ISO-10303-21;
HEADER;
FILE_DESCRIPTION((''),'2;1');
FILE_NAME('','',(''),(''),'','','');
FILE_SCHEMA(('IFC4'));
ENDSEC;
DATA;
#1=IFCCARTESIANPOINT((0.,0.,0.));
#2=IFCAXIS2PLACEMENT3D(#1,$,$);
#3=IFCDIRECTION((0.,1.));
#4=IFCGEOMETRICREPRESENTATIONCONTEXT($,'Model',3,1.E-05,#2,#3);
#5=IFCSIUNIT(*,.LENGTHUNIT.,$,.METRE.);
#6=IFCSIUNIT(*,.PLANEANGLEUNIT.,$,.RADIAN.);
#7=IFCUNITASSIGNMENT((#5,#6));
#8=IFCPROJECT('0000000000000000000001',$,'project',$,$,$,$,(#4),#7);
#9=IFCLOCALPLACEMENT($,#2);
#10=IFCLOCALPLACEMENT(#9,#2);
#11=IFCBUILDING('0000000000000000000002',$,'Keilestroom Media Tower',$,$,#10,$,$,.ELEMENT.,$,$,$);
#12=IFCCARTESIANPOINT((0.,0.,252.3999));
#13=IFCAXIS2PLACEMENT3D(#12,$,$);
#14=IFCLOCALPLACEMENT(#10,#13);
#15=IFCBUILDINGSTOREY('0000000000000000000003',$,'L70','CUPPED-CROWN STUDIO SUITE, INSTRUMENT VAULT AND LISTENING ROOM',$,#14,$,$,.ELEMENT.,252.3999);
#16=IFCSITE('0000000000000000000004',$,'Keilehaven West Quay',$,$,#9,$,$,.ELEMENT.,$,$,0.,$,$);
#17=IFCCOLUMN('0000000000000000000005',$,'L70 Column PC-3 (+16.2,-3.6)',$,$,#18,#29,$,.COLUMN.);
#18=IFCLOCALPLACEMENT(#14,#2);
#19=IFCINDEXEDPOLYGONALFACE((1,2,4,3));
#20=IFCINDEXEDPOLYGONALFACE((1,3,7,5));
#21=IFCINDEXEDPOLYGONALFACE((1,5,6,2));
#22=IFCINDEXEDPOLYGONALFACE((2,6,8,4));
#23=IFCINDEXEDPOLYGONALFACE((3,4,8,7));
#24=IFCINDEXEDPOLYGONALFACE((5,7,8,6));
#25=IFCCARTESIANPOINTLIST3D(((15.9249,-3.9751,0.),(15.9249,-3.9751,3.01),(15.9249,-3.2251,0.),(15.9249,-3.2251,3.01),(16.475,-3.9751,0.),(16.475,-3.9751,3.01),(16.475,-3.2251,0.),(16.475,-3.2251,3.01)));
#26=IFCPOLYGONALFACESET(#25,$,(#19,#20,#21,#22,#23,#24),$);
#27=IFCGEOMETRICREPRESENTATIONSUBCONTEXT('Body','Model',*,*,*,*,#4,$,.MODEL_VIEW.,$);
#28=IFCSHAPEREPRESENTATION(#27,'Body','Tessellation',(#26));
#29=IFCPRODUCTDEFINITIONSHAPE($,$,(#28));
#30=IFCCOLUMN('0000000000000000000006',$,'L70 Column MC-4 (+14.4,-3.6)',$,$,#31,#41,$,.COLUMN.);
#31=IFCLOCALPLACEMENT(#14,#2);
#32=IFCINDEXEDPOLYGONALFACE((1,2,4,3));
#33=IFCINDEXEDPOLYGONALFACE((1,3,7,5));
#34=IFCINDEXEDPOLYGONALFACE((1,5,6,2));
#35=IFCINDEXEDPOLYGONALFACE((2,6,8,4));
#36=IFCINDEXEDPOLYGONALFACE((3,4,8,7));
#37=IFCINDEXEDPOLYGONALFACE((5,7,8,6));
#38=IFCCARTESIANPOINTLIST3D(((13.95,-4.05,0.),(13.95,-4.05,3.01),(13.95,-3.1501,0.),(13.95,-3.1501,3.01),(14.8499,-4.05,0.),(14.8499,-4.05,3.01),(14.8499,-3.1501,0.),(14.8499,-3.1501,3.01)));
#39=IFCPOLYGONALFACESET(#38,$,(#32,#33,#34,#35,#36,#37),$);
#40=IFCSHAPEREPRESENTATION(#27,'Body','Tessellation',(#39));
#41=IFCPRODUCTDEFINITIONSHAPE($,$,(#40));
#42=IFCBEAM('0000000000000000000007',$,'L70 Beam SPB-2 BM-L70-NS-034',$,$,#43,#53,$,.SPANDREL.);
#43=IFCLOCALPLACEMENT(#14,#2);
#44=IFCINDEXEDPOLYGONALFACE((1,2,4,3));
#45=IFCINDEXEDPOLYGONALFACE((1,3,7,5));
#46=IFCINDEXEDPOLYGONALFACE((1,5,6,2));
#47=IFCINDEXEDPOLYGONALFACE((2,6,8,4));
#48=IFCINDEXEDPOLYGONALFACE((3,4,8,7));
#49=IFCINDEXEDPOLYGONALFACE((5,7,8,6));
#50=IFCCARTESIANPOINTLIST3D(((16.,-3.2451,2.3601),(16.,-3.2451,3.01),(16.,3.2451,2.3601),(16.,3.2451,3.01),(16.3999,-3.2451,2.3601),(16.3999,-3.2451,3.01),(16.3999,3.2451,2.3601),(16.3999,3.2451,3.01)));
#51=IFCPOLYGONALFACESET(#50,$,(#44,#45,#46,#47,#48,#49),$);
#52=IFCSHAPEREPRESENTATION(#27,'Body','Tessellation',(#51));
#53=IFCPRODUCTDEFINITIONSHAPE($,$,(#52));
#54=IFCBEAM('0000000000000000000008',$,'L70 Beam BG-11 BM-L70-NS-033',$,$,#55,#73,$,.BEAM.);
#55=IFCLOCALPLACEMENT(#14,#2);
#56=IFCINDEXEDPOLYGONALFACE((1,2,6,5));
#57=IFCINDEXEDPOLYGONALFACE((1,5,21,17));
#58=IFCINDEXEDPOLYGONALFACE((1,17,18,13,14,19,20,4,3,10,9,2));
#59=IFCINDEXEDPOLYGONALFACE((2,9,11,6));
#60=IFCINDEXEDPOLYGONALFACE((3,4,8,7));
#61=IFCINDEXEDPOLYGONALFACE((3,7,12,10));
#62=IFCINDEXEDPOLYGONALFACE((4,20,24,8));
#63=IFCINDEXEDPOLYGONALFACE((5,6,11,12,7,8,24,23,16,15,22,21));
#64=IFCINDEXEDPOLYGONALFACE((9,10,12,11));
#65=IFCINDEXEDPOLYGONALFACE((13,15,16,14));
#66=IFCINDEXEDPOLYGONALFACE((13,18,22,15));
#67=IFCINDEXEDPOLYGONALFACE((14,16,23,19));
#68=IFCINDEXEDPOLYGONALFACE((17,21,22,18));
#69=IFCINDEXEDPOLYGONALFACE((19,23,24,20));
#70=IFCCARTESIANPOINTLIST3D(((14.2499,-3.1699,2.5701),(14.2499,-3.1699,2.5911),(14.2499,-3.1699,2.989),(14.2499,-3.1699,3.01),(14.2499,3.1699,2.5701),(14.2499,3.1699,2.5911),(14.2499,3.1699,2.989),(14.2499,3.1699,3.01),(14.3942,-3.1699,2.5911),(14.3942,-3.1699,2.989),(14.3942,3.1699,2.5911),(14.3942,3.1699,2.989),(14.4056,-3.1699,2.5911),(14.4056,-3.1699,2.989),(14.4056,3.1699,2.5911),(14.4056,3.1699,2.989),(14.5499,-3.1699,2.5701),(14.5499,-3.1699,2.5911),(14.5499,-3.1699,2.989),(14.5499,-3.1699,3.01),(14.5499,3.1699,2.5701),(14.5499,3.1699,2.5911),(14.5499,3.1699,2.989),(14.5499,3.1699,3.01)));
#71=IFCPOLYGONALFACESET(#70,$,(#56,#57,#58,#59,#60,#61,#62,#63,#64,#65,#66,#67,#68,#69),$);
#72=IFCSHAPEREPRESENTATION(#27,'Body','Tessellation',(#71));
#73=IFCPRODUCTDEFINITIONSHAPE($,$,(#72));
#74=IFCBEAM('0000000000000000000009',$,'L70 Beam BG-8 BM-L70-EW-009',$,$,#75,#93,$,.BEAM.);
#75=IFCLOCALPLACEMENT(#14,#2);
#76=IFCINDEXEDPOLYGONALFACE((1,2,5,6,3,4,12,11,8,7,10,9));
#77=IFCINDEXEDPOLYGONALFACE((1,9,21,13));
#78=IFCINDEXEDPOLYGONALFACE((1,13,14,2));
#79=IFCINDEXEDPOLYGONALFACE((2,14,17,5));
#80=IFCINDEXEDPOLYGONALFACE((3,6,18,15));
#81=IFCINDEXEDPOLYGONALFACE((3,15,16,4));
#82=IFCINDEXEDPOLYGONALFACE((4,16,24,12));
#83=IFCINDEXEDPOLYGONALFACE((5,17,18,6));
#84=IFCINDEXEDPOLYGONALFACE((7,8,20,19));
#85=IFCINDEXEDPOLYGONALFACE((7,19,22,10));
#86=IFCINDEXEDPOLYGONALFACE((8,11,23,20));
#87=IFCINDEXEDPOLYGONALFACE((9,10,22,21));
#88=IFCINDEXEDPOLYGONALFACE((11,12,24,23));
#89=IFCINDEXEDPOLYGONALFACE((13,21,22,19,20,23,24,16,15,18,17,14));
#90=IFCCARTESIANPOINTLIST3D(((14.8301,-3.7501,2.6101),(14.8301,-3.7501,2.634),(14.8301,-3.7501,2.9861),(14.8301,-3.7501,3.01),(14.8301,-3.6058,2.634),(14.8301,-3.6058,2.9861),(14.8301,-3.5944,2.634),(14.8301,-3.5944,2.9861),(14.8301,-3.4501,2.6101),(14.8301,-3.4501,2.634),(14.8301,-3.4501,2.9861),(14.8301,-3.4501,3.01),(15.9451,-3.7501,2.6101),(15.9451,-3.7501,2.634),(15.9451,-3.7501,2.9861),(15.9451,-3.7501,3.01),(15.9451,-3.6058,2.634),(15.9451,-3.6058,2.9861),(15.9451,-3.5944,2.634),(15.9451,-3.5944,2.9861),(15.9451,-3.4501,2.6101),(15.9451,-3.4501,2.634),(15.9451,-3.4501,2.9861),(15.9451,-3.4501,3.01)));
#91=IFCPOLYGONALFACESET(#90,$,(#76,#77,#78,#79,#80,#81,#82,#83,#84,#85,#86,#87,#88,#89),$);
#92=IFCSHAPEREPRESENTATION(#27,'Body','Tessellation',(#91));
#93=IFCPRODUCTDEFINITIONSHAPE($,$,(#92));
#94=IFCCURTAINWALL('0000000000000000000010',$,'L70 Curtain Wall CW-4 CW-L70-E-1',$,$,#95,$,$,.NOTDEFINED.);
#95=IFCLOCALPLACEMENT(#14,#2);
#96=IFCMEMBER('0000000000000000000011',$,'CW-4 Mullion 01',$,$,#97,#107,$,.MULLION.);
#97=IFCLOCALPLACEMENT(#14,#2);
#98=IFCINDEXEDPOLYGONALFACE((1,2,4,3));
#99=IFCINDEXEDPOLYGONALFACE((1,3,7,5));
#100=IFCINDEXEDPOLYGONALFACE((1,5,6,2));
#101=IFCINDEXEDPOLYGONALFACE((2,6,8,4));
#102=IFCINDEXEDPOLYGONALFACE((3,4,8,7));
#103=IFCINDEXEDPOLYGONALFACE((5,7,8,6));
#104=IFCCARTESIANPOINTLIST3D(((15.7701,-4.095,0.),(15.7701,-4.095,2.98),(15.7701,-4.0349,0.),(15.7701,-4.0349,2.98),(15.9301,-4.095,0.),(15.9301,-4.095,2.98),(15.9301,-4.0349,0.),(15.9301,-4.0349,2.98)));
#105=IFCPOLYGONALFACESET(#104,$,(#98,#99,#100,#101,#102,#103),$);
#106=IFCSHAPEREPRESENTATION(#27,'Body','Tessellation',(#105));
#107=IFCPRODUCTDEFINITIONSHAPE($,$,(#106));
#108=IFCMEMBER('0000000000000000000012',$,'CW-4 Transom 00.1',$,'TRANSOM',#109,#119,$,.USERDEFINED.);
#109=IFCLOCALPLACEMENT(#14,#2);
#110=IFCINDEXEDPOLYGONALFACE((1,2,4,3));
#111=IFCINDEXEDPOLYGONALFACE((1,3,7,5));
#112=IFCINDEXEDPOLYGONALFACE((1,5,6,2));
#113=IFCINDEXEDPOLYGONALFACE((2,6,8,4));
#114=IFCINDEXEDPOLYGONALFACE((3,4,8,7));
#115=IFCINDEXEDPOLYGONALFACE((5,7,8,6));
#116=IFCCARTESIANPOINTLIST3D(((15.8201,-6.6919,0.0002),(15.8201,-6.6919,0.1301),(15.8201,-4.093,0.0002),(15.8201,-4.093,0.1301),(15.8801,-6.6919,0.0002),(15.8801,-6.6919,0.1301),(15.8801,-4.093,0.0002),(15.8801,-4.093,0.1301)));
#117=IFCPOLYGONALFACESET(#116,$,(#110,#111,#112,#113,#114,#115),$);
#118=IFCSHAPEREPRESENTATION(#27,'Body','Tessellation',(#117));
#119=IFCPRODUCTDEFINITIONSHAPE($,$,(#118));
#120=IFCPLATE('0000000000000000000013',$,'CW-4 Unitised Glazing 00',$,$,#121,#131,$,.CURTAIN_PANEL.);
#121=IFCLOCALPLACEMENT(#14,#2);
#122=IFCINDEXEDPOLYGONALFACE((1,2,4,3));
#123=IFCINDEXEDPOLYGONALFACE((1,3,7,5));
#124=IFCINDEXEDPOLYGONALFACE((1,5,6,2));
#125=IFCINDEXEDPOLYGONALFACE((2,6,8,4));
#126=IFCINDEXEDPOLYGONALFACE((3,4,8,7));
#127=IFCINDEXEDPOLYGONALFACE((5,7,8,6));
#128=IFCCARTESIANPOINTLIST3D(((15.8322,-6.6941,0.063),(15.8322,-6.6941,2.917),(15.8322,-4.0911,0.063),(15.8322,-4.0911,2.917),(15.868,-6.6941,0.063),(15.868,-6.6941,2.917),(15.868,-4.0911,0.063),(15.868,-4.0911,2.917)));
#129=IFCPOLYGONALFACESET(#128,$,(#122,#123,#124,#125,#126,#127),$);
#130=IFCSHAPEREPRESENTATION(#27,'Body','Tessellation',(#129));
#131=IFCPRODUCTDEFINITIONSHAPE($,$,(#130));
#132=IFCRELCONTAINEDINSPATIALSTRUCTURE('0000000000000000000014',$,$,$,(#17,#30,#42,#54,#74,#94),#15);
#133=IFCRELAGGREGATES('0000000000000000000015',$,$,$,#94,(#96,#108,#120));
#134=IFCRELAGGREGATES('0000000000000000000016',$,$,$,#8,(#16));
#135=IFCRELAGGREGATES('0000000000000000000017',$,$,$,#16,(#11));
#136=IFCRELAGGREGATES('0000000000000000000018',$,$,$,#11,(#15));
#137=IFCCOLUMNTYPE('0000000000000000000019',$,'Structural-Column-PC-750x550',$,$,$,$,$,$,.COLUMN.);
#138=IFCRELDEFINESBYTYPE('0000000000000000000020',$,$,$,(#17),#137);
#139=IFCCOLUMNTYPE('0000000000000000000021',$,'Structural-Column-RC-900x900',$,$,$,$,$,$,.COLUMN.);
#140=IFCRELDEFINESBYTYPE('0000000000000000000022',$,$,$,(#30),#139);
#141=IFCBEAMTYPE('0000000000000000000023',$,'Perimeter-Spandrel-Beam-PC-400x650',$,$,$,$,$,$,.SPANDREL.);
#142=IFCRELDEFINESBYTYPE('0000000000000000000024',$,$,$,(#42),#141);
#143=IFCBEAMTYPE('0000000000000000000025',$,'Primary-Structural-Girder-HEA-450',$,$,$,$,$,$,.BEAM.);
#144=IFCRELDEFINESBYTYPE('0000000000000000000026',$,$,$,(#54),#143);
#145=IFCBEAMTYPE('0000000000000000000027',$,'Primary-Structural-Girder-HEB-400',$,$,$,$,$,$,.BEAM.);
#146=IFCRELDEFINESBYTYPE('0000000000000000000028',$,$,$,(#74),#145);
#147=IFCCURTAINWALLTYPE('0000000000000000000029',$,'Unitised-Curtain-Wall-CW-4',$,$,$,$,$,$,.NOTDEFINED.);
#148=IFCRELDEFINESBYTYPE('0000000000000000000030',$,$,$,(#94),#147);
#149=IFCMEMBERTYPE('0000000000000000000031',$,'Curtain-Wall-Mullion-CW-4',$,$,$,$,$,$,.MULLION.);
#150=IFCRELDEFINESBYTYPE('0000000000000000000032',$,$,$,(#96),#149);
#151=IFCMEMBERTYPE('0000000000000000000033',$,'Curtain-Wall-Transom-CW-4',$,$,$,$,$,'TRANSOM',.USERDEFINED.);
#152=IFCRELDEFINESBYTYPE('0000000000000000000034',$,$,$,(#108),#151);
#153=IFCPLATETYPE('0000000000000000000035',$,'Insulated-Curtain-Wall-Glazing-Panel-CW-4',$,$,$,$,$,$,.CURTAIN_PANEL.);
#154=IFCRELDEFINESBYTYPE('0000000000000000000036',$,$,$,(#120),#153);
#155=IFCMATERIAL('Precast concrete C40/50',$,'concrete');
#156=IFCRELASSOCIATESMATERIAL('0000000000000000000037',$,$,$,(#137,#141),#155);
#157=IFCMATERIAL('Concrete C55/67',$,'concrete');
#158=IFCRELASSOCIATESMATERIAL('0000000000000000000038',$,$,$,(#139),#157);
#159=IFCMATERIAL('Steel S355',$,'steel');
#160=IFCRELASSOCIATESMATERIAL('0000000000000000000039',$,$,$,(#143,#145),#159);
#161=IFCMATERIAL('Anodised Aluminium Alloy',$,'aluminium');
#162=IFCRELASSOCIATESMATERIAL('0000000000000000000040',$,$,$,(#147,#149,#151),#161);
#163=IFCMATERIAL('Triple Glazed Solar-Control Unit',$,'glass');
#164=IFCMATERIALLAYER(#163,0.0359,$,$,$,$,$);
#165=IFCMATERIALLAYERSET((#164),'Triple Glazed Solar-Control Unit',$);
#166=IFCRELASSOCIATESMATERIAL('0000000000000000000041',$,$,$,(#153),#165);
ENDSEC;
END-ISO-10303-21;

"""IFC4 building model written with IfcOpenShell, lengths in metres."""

from ifc_helpers import new_model, si_unit, direction, frame, origin, origin_2d, place, context, subcontext, project, spatial, rectangle, i_section, extrude, source, transform, mapped, material, layer, layer_set, material_profile, profile_set, type_object, element, aggregate, save


model = new_model("IFC4")

# Units and contexts
model_context = context("Model", 3, precision=1e-05, world=origin(), true_north=direction((0.0, 1.0)))
body_context = subcontext(model_context, "Body", "Model", "MODEL_VIEW")
ifc_project = project(units=[si_unit("LENGTHUNIT", "METRE"), si_unit("PLANEANGLEUNIT", "RADIAN")], contexts=[model_context])

# Site, building, storey
site_placement = place(None, origin())
site = spatial("IfcSite", under=ifc_project, at=site_placement, Name="Keilehaven West Quay", CompositionType="ELEMENT", RefElevation=0.0)
building_placement = place(site_placement, origin())
building = spatial("IfcBuilding", under=site, at=building_placement, Name="Keilestroom Media Tower", CompositionType="ELEMENT")
storey_placement = place(building_placement, frame((0.0, 0.0, 252.3999)))
storey = spatial("IfcBuildingStorey", under=building, at=storey_placement, Name="L70", Description="CUPPED-CROWN STUDIO SUITE, INSTRUMENT VAULT AND LISTENING ROOM", CompositionType="ELEMENT", Elevation=252.3999)

# Columns
ifc_material_1 = material(Name="Precast concrete C40/50", Category="concrete")
ifc_material_profile_1 = material_profile(ifc_material_1, rectangle(XDim=0.55, YDim=0.75, at=origin_2d()), Name="PC 750x550")
ifc_profile_set_1 = profile_set([ifc_material_profile_1], Name="Precast concrete C40/50")
column_type_1 = type_object("IfcColumnType", Name="Structural-Column-PC-750x550", PredefinedType="COLUMN", material=ifc_profile_set_1)
shared_shape_1 = source(origin(), body_context, "Body", "SweptSolid", [
    extrude(rectangle(XDim=0.55, YDim=0.75, at=origin_2d()), origin(), (0.0, 0.0, 1.0), 3.01),
])
column_1_placement = place(storey_placement, frame((16.2, -3.6001, 0.0), z_axis=(0.0, 0.0, 1.0), x_axis=(1.0, 0.0, 0.0)))
element("IfcColumn", 1, at=column_1_placement, inside=storey, type_object=column_type_1, Name="L70 Column PC-3 (+16.2,-3.6)", PredefinedType="COLUMN", context=body_context, shape_type="MappedRepresentation", body=[
    mapped(shared_shape_1, transform((0.0, 0.0, 0.0), x_axis=(1.0, 0.0, 0.0), y_axis=(0.0, 1.0, 0.0), z_axis=(0.0, 0.0, 1.0), scale=1.0)),
])
ifc_material_2 = material(Name="Concrete C55/67", Category="concrete")
ifc_material_profile_2 = material_profile(ifc_material_2, rectangle(XDim=0.8999, YDim=0.8999, at=origin_2d()), Name="RC 900x900")
ifc_profile_set_2 = profile_set([ifc_material_profile_2], Name="Concrete C55/67")
column_type_2 = type_object("IfcColumnType", Name="Structural-Column-RC-900x900", PredefinedType="COLUMN", material=ifc_profile_set_2)
shared_shape_2 = source(origin(), body_context, "Body", "SweptSolid", [
    extrude(rectangle(XDim=0.8999, YDim=0.8999, at=origin_2d()), origin(), (0.0, 0.0, 1.0), 3.01),
])
column_2_placement = place(storey_placement, frame((14.3999, -3.6001, 0.0), z_axis=(0.0, 0.0, 1.0), x_axis=(1.0, 0.0, 0.0)))
element("IfcColumn", 2, at=column_2_placement, inside=storey, type_object=column_type_2, Name="L70 Column MC-4 (+14.4,-3.6)", PredefinedType="COLUMN", context=body_context, shape_type="MappedRepresentation", body=[
    mapped(shared_shape_2, transform((0.0, 0.0, 0.0), x_axis=(1.0, 0.0, 0.0), y_axis=(0.0, 1.0, 0.0), z_axis=(0.0, 0.0, 1.0), scale=1.0)),
])

# Beams
ifc_material_profile_3 = material_profile(ifc_material_1, rectangle(XDim=0.3999, YDim=0.6499, at=origin_2d()), Name="PC 400x650")
ifc_profile_set_3 = profile_set([ifc_material_profile_3], Name="Precast concrete C40/50")
beam_type_1 = type_object("IfcBeamType", Name="Perimeter-Spandrel-Beam-PC-400x650", PredefinedType="SPANDREL", material=ifc_profile_set_3)
shared_shape_3 = source(origin(), body_context, "Body", "SweptSolid", [
    extrude(rectangle(XDim=0.3999, YDim=0.6499, at=origin_2d()), origin(), (0.0, 0.0, 1.0), 6.4902),
])
beam_1_placement = place(storey_placement, frame((16.2, -3.2451, 2.6851), z_axis=(0.0, 1.0, 0.0), x_axis=(-1.0, 0.0, 0.0)))
element("IfcBeam", 3, at=beam_1_placement, inside=storey, type_object=beam_type_1, Name="L70 Beam SPB-2 BM-L70-NS-034", PredefinedType="SPANDREL", context=body_context, shape_type="MappedRepresentation", body=[
    mapped(shared_shape_3, transform((0.0, 0.0, 0.0), x_axis=(1.0, 0.0, 0.0), y_axis=(0.0, 1.0, 0.0), z_axis=(0.0, 0.0, 1.0), scale=1.0)),
])
ifc_material_3 = material(Name="Steel S355", Category="steel")
ifc_material_profile_4 = material_profile(ifc_material_3, i_section(OverallWidth=0.3, OverallDepth=0.4399, WebThickness=0.0115, FlangeThickness=0.021, at=origin_2d()), Name="HEA 450")
ifc_profile_set_4 = profile_set([ifc_material_profile_4], Name="Steel S355")
beam_type_2 = type_object("IfcBeamType", Name="Primary-Structural-Girder-HEA-450", PredefinedType="BEAM", material=ifc_profile_set_4)
shared_shape_4 = source(origin(), body_context, "Body", "SweptSolid", [
    extrude(i_section(OverallWidth=0.3, OverallDepth=0.4399, WebThickness=0.0115, FlangeThickness=0.021, at=origin_2d()), origin(), (0.0, 0.0, 1.0), 6.3398),
])
beam_2_placement = place(storey_placement, frame((14.3999, -3.1699, 2.79), z_axis=(0.0, 1.0, 0.0), x_axis=(-1.0, 0.0, 0.0)))
element("IfcBeam", 4, at=beam_2_placement, inside=storey, type_object=beam_type_2, Name="L70 Beam BG-11 BM-L70-NS-033", PredefinedType="BEAM", context=body_context, shape_type="MappedRepresentation", body=[
    mapped(shared_shape_4, transform((0.0, 0.0, 0.0), x_axis=(1.0, 0.0, 0.0), y_axis=(0.0, 1.0, 0.0), z_axis=(0.0, 0.0, 1.0), scale=1.0)),
])
ifc_material_profile_5 = material_profile(ifc_material_3, i_section(OverallWidth=0.3, OverallDepth=0.3999, WebThickness=0.0115, FlangeThickness=0.0239, at=origin_2d()), Name="HEB 400")
ifc_profile_set_5 = profile_set([ifc_material_profile_5], Name="Steel S355")
beam_type_3 = type_object("IfcBeamType", Name="Primary-Structural-Girder-HEB-400", PredefinedType="BEAM", material=ifc_profile_set_5)
shared_shape_5 = source(origin(), body_context, "Body", "SweptSolid", [
    extrude(i_section(OverallWidth=0.3, OverallDepth=0.3999, WebThickness=0.0115, FlangeThickness=0.0239, at=origin_2d()), origin(), (0.0, 0.0, 1.0), 1.115),
])
beam_3_placement = place(storey_placement, frame((14.8301, -3.6001, 2.8101), z_axis=(1.0, 0.0, 0.0), x_axis=(0.0, 1.0, 0.0)))
element("IfcBeam", 5, at=beam_3_placement, inside=storey, type_object=beam_type_3, Name="L70 Beam BG-8 BM-L70-EW-009", PredefinedType="BEAM", context=body_context, shape_type="MappedRepresentation", body=[
    mapped(shared_shape_5, transform((0.0, 0.0, 0.0), x_axis=(1.0, 0.0, 0.0), y_axis=(0.0, 1.0, 0.0), z_axis=(0.0, 0.0, 1.0), scale=1.0)),
])

# Curtain wall, members, plate
ifc_material_4 = material(Name="Anodised Aluminium Alloy", Category="aluminium")
curtain_wall_type = type_object("IfcCurtainWallType", Name="Unitised-Curtain-Wall-CW-4", PredefinedType="NOTDEFINED", material=ifc_material_4)
curtain_wall_placement = place(storey_placement, origin())
curtain_wall = element("IfcCurtainWall", 6, at=curtain_wall_placement, inside=storey, type_object=curtain_wall_type, Name="L70 Curtain Wall CW-4 CW-L70-E-1", PredefinedType="NOTDEFINED")
ifc_material_profile_6 = material_profile(ifc_material_4, rectangle(XDim=0.0601, YDim=0.1599, at=origin_2d()), Name="ALU MULLION 60x160")
ifc_profile_set_6 = profile_set([ifc_material_profile_6], Name="Anodised Aluminium Alloy")
member_type_1 = type_object("IfcMemberType", Name="Curtain-Wall-Mullion-CW-4", PredefinedType="MULLION", material=ifc_profile_set_6)
shared_shape_6 = source(origin(), body_context, "Body", "SweptSolid", [
    extrude(rectangle(XDim=0.0601, YDim=0.1599, at=origin_2d()), origin(), (0.0, 0.0, 1.0), 2.98),
])
member_1_placement = place(storey_placement, frame((15.8501, -4.0649, 0.0), z_axis=(0.0, 0.0, 1.0), x_axis=(0.0, 1.0, 0.0)))
member_1 = element("IfcMember", 7, at=member_1_placement, type_object=member_type_1, Name="CW-4 Mullion 01", PredefinedType="MULLION", context=body_context, shape_type="MappedRepresentation", body=[
    mapped(shared_shape_6, transform((0.0, 0.0, 0.0), x_axis=(1.0, 0.0, 0.0), y_axis=(0.0, 1.0, 0.0), z_axis=(0.0, 0.0, 1.0), scale=1.0)),
])
ifc_material_profile_7 = material_profile(ifc_material_4, rectangle(XDim=0.0601, YDim=0.1299, at=origin_2d()), Name="ALU TRANSOM 60x130")
ifc_profile_set_7 = profile_set([ifc_material_profile_7], Name="Anodised Aluminium Alloy")
member_type_2 = type_object("IfcMemberType", Name="Curtain-Wall-Transom-CW-4", ElementType="TRANSOM", PredefinedType="USERDEFINED", material=ifc_profile_set_7)
shared_shape_7 = source(origin(), body_context, "Body", "SweptSolid", [
    extrude(rectangle(XDim=0.0601, YDim=0.1299, at=origin_2d()), origin(), (0.0, 0.0, 1.0), 2.5989),
])
member_2_placement = place(storey_placement, frame((15.8501, -6.6919, 0.0652), z_axis=(0.0, 1.0, 0.0), x_axis=(-1.0, 0.0, 0.0)))
member_2 = element("IfcMember", 8, at=member_2_placement, type_object=member_type_2, Name="CW-4 Transom 00.1", ObjectType="TRANSOM", PredefinedType="USERDEFINED", context=body_context, shape_type="MappedRepresentation", body=[
    mapped(shared_shape_7, transform((0.0, 0.0, 0.0), x_axis=(1.0, 0.0, 0.0), y_axis=(0.0, 1.0, 0.0), z_axis=(0.0, 0.0, 1.0), scale=1.0)),
])
ifc_material_5 = material(Name="Triple Glazed Solar-Control Unit", Category="glass")
ifc_layer_1 = layer(ifc_material_5, 0.0359)
ifc_layer_set_1 = layer_set([ifc_layer_1], Name="Triple Glazed Solar-Control Unit")
plate_type = type_object("IfcPlateType", Name="Insulated-Curtain-Wall-Glazing-Panel-CW-4", PredefinedType="CURTAIN_PANEL", material=ifc_layer_set_1)
shared_shape_8 = source(origin(), body_context, "Body", "SweptSolid", [
    extrude(rectangle(XDim=2.603, YDim=0.0359, at=origin_2d()), origin(), (0.0, 0.0, 1.0), 2.854),
])
plate_placement = place(storey_placement, frame((15.8501, -5.3926, 0.063), z_axis=(0.0, 0.0, 1.0), x_axis=(0.0, 1.0, 0.0)))
plate = element("IfcPlate", 9, at=plate_placement, type_object=plate_type, Name="CW-4 Unitised Glazing 00", PredefinedType="CURTAIN_PANEL", context=body_context, shape_type="MappedRepresentation", body=[
    mapped(shared_shape_8, transform((0.0, 0.0, 0.0), x_axis=(1.0, 0.0, 0.0), y_axis=(0.0, 1.0, 0.0), z_axis=(0.0, 0.0, 1.0), scale=1.0)),
])
aggregate(curtain_wall, [member_1, member_2, plate])

save(model, "model.ifc")
